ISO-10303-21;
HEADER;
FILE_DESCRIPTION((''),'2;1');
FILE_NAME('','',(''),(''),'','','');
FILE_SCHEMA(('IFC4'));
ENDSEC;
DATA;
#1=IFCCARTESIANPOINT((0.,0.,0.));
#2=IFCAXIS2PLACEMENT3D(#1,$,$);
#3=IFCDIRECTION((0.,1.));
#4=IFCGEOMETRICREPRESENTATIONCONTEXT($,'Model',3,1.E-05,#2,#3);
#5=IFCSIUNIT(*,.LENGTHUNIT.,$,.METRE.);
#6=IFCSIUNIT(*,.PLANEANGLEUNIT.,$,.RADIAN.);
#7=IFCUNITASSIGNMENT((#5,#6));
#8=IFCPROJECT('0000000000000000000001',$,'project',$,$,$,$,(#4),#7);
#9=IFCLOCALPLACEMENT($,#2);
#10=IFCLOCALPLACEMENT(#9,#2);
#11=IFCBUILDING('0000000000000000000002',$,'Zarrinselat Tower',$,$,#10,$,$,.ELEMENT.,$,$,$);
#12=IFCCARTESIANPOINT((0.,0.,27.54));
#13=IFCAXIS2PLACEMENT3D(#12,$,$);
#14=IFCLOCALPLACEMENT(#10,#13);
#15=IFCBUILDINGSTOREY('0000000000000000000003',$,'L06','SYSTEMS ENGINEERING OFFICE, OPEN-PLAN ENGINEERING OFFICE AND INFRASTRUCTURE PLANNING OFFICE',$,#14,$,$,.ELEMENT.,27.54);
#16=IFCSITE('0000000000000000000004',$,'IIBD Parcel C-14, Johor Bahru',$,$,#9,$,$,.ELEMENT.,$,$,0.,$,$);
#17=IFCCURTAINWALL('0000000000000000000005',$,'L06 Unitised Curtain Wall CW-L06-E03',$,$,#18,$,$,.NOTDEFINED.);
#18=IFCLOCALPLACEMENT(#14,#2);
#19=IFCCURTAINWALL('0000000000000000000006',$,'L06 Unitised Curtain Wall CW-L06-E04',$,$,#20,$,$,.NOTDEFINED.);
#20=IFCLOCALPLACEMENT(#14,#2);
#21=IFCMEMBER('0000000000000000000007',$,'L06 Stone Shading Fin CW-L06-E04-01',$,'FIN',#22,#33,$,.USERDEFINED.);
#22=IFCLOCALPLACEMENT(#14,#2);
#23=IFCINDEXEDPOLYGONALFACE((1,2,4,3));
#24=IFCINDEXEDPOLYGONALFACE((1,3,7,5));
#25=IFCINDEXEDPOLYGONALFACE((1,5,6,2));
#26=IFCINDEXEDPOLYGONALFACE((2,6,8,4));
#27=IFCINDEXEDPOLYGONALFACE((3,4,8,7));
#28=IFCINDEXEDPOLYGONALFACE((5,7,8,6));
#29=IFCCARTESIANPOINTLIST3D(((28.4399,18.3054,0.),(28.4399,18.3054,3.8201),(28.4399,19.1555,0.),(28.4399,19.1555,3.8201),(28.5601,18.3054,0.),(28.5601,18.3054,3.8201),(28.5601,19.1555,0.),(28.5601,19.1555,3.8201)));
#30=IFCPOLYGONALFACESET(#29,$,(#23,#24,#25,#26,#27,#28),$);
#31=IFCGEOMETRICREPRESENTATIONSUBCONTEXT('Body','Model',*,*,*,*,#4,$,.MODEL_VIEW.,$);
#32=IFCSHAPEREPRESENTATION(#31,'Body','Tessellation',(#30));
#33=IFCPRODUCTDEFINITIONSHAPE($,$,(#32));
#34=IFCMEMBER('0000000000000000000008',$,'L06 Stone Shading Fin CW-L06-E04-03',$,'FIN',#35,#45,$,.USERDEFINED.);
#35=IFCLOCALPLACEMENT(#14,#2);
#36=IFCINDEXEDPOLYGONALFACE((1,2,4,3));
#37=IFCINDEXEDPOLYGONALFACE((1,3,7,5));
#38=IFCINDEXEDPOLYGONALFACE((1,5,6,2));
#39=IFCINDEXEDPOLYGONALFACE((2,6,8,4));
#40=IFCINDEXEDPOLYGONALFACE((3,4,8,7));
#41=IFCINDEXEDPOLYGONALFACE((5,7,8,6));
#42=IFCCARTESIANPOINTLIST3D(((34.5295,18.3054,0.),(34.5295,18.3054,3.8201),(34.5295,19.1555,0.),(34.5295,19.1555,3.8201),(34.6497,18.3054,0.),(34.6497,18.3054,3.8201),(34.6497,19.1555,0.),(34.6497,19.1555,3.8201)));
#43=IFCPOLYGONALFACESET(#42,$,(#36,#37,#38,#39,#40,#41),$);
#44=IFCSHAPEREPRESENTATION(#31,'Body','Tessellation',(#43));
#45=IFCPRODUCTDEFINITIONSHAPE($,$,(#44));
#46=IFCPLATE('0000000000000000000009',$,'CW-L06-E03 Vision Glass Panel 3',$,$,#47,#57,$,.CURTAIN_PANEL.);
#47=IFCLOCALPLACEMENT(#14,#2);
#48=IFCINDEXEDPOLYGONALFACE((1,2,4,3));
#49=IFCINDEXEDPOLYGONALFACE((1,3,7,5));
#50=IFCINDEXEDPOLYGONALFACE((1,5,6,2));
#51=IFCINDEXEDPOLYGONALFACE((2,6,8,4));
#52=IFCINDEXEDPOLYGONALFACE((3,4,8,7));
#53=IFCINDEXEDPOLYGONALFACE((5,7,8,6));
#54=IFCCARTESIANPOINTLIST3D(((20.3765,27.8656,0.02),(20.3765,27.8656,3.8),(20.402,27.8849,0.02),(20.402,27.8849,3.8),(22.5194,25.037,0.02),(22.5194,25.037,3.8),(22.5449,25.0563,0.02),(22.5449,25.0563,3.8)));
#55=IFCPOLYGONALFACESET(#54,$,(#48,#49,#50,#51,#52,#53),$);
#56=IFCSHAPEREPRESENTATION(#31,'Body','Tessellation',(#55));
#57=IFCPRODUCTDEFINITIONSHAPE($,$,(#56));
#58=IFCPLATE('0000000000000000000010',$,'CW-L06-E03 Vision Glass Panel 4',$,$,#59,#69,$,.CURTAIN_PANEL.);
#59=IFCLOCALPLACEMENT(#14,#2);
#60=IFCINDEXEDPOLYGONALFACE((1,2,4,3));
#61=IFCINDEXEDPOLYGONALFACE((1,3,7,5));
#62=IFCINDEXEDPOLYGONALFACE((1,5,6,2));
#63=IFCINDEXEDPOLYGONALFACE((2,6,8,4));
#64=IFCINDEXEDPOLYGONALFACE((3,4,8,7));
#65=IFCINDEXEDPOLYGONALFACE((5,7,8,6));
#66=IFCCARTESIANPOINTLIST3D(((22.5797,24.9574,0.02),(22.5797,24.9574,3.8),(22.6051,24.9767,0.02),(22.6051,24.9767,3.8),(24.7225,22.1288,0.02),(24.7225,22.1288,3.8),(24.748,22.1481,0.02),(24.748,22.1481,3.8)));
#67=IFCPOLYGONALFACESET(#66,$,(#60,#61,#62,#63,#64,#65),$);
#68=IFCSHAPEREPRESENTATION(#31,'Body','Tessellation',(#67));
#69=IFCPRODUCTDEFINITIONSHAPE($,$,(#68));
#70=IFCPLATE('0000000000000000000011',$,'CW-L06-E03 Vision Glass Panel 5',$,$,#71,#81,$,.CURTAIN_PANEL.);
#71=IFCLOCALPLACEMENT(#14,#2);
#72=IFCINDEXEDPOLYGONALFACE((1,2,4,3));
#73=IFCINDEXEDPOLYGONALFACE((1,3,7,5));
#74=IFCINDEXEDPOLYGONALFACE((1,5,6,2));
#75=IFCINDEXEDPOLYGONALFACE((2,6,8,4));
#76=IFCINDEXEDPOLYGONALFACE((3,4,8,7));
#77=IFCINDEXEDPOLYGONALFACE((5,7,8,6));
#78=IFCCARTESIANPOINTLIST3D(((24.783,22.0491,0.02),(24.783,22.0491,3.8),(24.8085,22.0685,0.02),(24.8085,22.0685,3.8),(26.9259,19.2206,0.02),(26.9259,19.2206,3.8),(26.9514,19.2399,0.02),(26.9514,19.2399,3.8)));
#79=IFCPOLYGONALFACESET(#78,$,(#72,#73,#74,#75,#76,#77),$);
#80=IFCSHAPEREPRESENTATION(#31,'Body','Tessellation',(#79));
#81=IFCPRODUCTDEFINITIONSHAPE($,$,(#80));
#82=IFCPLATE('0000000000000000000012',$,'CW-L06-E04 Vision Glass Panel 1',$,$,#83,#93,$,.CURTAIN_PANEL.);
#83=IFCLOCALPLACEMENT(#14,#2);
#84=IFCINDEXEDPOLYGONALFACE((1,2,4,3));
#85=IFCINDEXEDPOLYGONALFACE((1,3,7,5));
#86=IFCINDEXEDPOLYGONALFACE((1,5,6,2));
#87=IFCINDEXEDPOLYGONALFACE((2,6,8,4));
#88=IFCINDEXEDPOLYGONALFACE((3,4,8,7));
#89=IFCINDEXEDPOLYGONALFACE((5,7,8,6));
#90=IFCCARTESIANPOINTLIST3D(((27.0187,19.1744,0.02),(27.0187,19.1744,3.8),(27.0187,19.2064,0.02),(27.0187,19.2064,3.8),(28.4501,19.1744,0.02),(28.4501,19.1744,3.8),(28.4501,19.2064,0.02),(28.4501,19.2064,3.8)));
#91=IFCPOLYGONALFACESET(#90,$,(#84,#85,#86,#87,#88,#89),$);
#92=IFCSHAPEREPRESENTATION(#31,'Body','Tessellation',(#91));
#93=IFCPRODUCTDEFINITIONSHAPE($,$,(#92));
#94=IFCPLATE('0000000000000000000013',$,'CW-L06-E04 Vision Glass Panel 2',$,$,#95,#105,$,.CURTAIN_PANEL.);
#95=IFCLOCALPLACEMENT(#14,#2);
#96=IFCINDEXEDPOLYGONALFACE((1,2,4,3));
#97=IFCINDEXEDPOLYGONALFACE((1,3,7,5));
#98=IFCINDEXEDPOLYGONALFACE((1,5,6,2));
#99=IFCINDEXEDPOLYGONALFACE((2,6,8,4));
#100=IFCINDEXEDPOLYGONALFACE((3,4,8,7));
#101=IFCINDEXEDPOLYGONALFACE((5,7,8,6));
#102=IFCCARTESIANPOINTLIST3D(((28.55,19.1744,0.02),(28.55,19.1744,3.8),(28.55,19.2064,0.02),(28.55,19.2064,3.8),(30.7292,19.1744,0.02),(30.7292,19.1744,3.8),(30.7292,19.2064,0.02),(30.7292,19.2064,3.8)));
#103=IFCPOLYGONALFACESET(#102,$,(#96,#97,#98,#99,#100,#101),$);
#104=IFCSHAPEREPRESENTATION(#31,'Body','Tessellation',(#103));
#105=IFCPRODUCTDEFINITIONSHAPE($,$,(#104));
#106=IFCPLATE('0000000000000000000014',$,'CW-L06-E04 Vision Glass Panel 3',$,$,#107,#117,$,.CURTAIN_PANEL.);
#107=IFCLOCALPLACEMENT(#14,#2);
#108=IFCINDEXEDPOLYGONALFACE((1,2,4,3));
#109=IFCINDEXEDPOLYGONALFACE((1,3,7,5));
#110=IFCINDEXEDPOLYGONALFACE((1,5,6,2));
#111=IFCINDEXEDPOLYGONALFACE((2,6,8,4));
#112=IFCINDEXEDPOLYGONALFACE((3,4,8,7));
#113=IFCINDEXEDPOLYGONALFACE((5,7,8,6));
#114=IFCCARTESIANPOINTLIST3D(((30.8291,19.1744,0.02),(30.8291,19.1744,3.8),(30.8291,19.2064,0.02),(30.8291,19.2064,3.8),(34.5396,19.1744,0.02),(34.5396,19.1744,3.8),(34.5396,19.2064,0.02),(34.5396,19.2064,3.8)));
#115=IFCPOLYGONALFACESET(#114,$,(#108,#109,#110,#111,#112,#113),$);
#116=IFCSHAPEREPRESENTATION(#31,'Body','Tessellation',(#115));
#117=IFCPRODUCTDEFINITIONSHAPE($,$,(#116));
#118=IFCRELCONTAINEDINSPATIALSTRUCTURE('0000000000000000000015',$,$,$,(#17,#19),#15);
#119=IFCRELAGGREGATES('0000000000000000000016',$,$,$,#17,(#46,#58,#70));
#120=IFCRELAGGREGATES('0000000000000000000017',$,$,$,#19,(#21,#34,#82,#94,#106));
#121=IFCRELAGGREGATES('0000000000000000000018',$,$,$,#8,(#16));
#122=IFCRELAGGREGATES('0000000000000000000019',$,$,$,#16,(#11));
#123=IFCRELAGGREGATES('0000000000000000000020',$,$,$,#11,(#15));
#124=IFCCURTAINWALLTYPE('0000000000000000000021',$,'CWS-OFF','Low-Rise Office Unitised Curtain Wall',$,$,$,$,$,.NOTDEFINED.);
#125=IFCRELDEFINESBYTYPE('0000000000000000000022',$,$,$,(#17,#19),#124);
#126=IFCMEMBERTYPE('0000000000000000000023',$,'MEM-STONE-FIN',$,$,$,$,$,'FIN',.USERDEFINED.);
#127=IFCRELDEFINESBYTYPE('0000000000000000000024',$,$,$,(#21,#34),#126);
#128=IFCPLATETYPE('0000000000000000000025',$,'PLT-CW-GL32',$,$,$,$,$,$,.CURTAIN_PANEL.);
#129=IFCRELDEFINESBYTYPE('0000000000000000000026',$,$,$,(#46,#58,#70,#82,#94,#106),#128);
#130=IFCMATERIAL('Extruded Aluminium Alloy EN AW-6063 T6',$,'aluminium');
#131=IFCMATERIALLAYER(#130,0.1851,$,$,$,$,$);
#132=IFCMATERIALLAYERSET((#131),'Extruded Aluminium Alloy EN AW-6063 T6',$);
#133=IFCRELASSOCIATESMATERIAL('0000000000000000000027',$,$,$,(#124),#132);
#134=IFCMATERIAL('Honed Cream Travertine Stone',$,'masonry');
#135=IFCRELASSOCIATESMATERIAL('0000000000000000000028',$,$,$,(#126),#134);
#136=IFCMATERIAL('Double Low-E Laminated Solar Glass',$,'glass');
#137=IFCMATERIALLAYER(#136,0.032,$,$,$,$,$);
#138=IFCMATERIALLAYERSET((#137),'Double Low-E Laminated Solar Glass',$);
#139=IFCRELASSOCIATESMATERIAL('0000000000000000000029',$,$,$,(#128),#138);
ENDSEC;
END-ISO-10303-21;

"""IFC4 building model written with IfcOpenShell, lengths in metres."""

from ifc_helpers import new_model, si_unit, direction, frame, origin, origin_2d, place, context, subcontext, project, spatial, rectangle, extrude, material, layer, layer_set, material_profile, profile_set, type_object, element, aggregate, save


model = new_model("IFC4")

# Units and contexts
model_context = context("Model", 3, precision=1e-05, world=origin(), true_north=direction((0.0, 1.0)))
body_context = subcontext(model_context, "Body", "Model", "MODEL_VIEW")
ifc_project = project(units=[si_unit("LENGTHUNIT", "METRE"), si_unit("PLANEANGLEUNIT", "RADIAN")], contexts=[model_context])

# Site, building, storey
site_placement = place(None, origin())
site = spatial("IfcSite", under=ifc_project, at=site_placement, Name="IIBD Parcel C-14, Johor Bahru", CompositionType="ELEMENT", RefElevation=0.0)
building_placement = place(site_placement, origin())
building = spatial("IfcBuilding", under=site, at=building_placement, Name="Zarrinselat Tower", CompositionType="ELEMENT")
storey_placement = place(building_placement, frame((0.0, 0.0, 27.54)))
storey = spatial("IfcBuildingStorey", under=building, at=storey_placement, Name="L06", Description="SYSTEMS ENGINEERING OFFICE, OPEN-PLAN ENGINEERING OFFICE AND INFRASTRUCTURE PLANNING OFFICE", CompositionType="ELEMENT", Elevation=27.54)

# Curtain walls
ifc_material_1 = material(Name="Extruded Aluminium Alloy EN AW-6063 T6", Category="aluminium")
ifc_layer_1 = layer(ifc_material_1, 0.1851)
ifc_layer_set_1 = layer_set([ifc_layer_1], Name="Extruded Aluminium Alloy EN AW-6063 T6")
curtain_wall_type = type_object("IfcCurtainWallType", Name="CWS-OFF", Description="Low-Rise Office Unitised Curtain Wall", PredefinedType="NOTDEFINED", material=ifc_layer_set_1)
curtain_wall_1_placement = place(storey_placement, origin())
curtain_wall_1 = element("IfcCurtainWall", 1, at=curtain_wall_1_placement, inside=storey, type_object=curtain_wall_type, Name="L06 Unitised Curtain Wall CW-L06-E03", PredefinedType="NOTDEFINED")
curtain_wall_2_placement = place(storey_placement, origin())
curtain_wall_2 = element("IfcCurtainWall", 2, at=curtain_wall_2_placement, inside=storey, type_object=curtain_wall_type, Name="L06 Unitised Curtain Wall CW-L06-E04", PredefinedType="NOTDEFINED")

# Members
ifc_material_2 = material(Name="Honed Cream Travertine Stone", Category="masonry")
ifc_material_profile_1 = material_profile(ifc_material_2, rectangle(XDim=0.1201, YDim=0.8501, at=origin_2d()), Name="FIN 850x120")
ifc_profile_set_1 = profile_set([ifc_material_profile_1], Name="Honed Cream Travertine Stone")
member_type_1 = type_object("IfcMemberType", Name="MEM-STONE-FIN", ElementType="FIN", PredefinedType="USERDEFINED", material=ifc_profile_set_1)
member_1_placement = place(storey_placement, frame((28.5, 18.7305, 0.0), z_axis=(0.0, 0.0, 1.0), x_axis=(-1.0, 0.0, 0.0)))
member_1 = element("IfcMember", 3, at=member_1_placement, type_object=member_type_1, Name="L06 Stone Shading Fin CW-L06-E04-01", ObjectType="FIN", PredefinedType="USERDEFINED", context=body_context, shape_type="SweptSolid", body=[
    extrude(rectangle(XDim=0.1201, YDim=0.8501, at=origin_2d()), origin(), (0.0, 0.0, 1.0), 3.8201),
])
member_2_placement = place(storey_placement, frame((34.5896, 18.7305, 0.0), z_axis=(0.0, 0.0, 1.0), x_axis=(-1.0, 0.0, 0.0)))
member_2 = element("IfcMember", 4, at=member_2_placement, type_object=member_type_1, Name="L06 Stone Shading Fin CW-L06-E04-03", ObjectType="FIN", PredefinedType="USERDEFINED", context=body_context, shape_type="SweptSolid", body=[
    extrude(rectangle(XDim=0.1201, YDim=0.8501, at=origin_2d()), origin(), (0.0, 0.0, 1.0), 3.8201),
])

# Plates
ifc_material_3 = material(Name="Double Low-E Laminated Solar Glass", Category="glass")
ifc_layer_2 = layer(ifc_material_3, 0.032)
ifc_layer_set_2 = layer_set([ifc_layer_2], Name="Double Low-E Laminated Solar Glass")
plate_type = type_object("IfcPlateType", Name="PLT-CW-GL32", PredefinedType="CURTAIN_PANEL", material=ifc_layer_set_2)
plate_1_placement = place(storey_placement, frame((21.4607, 26.4609, 0.02), z_axis=(0.0, 0.0, 1.0), x_axis=(0.603858, -0.797092, 0.0)))
plate_1 = element("IfcPlate", 5, at=plate_1_placement, type_object=plate_type, Name="CW-L06-E03 Vision Glass Panel 3", PredefinedType="CURTAIN_PANEL", context=body_context, shape_type="SweptSolid", body=[
    extrude(rectangle(XDim=3.5486, YDim=0.032, at=origin_2d()), origin(), (0.0, 0.0, 1.0), 3.78),
])
plate_2_placement = place(storey_placement, frame((23.6638, 23.5527, 0.02), z_axis=(0.0, 0.0, 1.0), x_axis=(0.603858, -0.797092, 0.0)))
plate_2 = element("IfcPlate", 6, at=plate_2_placement, type_object=plate_type, Name="CW-L06-E03 Vision Glass Panel 4", PredefinedType="CURTAIN_PANEL", context=body_context, shape_type="SweptSolid", body=[
    extrude(rectangle(XDim=3.5486, YDim=0.032, at=origin_2d()), origin(), (0.0, 0.0, 1.0), 3.78),
])
plate_3_placement = place(storey_placement, frame((25.8672, 20.6445, 0.02), z_axis=(0.0, 0.0, 1.0), x_axis=(0.603858, -0.797092, 0.0)))
plate_3 = element("IfcPlate", 7, at=plate_3_placement, type_object=plate_type, Name="CW-L06-E03 Vision Glass Panel 5", PredefinedType="CURTAIN_PANEL", context=body_context, shape_type="SweptSolid", body=[
    extrude(rectangle(XDim=3.5486, YDim=0.032, at=origin_2d()), origin(), (0.0, 0.0, 1.0), 3.78),
])
aggregate(curtain_wall_1, [plate_1, plate_2, plate_3])
plate_4_placement = place(storey_placement, frame((27.7344, 19.1904, 0.02), z_axis=(0.0, 0.0, 1.0), x_axis=(1.0, 0.0, 0.0)))
plate_4 = element("IfcPlate", 8, at=plate_4_placement, type_object=plate_type, Name="CW-L06-E04 Vision Glass Panel 1", PredefinedType="CURTAIN_PANEL", context=body_context, shape_type="SweptSolid", body=[
    extrude(rectangle(XDim=1.4314, YDim=0.032, at=origin_2d()), origin(), (0.0, 0.0, 1.0), 3.78),
])
plate_5_placement = place(storey_placement, frame((29.6396, 19.1904, 0.02), z_axis=(0.0, 0.0, 1.0), x_axis=(1.0, 0.0, 0.0)))
plate_5 = element("IfcPlate", 9, at=plate_5_placement, type_object=plate_type, Name="CW-L06-E04 Vision Glass Panel 2", PredefinedType="CURTAIN_PANEL", context=body_context, shape_type="SweptSolid", body=[
    extrude(rectangle(XDim=2.1792, YDim=0.032, at=origin_2d()), origin(), (0.0, 0.0, 1.0), 3.78),
])
plate_6_placement = place(storey_placement, frame((32.6843, 19.1904, 0.02), z_axis=(0.0, 0.0, 1.0), x_axis=(1.0, 0.0, 0.0)))
plate_6 = element("IfcPlate", 10, at=plate_6_placement, type_object=plate_type, Name="CW-L06-E04 Vision Glass Panel 3", PredefinedType="CURTAIN_PANEL", context=body_context, shape_type="SweptSolid", body=[
    extrude(rectangle(XDim=3.7104, YDim=0.032, at=origin_2d()), origin(), (0.0, 0.0, 1.0), 3.78),
])
aggregate(curtain_wall_2, [member_1, member_2, plate_4, plate_5, plate_6])

save(model, "model.ifc")
